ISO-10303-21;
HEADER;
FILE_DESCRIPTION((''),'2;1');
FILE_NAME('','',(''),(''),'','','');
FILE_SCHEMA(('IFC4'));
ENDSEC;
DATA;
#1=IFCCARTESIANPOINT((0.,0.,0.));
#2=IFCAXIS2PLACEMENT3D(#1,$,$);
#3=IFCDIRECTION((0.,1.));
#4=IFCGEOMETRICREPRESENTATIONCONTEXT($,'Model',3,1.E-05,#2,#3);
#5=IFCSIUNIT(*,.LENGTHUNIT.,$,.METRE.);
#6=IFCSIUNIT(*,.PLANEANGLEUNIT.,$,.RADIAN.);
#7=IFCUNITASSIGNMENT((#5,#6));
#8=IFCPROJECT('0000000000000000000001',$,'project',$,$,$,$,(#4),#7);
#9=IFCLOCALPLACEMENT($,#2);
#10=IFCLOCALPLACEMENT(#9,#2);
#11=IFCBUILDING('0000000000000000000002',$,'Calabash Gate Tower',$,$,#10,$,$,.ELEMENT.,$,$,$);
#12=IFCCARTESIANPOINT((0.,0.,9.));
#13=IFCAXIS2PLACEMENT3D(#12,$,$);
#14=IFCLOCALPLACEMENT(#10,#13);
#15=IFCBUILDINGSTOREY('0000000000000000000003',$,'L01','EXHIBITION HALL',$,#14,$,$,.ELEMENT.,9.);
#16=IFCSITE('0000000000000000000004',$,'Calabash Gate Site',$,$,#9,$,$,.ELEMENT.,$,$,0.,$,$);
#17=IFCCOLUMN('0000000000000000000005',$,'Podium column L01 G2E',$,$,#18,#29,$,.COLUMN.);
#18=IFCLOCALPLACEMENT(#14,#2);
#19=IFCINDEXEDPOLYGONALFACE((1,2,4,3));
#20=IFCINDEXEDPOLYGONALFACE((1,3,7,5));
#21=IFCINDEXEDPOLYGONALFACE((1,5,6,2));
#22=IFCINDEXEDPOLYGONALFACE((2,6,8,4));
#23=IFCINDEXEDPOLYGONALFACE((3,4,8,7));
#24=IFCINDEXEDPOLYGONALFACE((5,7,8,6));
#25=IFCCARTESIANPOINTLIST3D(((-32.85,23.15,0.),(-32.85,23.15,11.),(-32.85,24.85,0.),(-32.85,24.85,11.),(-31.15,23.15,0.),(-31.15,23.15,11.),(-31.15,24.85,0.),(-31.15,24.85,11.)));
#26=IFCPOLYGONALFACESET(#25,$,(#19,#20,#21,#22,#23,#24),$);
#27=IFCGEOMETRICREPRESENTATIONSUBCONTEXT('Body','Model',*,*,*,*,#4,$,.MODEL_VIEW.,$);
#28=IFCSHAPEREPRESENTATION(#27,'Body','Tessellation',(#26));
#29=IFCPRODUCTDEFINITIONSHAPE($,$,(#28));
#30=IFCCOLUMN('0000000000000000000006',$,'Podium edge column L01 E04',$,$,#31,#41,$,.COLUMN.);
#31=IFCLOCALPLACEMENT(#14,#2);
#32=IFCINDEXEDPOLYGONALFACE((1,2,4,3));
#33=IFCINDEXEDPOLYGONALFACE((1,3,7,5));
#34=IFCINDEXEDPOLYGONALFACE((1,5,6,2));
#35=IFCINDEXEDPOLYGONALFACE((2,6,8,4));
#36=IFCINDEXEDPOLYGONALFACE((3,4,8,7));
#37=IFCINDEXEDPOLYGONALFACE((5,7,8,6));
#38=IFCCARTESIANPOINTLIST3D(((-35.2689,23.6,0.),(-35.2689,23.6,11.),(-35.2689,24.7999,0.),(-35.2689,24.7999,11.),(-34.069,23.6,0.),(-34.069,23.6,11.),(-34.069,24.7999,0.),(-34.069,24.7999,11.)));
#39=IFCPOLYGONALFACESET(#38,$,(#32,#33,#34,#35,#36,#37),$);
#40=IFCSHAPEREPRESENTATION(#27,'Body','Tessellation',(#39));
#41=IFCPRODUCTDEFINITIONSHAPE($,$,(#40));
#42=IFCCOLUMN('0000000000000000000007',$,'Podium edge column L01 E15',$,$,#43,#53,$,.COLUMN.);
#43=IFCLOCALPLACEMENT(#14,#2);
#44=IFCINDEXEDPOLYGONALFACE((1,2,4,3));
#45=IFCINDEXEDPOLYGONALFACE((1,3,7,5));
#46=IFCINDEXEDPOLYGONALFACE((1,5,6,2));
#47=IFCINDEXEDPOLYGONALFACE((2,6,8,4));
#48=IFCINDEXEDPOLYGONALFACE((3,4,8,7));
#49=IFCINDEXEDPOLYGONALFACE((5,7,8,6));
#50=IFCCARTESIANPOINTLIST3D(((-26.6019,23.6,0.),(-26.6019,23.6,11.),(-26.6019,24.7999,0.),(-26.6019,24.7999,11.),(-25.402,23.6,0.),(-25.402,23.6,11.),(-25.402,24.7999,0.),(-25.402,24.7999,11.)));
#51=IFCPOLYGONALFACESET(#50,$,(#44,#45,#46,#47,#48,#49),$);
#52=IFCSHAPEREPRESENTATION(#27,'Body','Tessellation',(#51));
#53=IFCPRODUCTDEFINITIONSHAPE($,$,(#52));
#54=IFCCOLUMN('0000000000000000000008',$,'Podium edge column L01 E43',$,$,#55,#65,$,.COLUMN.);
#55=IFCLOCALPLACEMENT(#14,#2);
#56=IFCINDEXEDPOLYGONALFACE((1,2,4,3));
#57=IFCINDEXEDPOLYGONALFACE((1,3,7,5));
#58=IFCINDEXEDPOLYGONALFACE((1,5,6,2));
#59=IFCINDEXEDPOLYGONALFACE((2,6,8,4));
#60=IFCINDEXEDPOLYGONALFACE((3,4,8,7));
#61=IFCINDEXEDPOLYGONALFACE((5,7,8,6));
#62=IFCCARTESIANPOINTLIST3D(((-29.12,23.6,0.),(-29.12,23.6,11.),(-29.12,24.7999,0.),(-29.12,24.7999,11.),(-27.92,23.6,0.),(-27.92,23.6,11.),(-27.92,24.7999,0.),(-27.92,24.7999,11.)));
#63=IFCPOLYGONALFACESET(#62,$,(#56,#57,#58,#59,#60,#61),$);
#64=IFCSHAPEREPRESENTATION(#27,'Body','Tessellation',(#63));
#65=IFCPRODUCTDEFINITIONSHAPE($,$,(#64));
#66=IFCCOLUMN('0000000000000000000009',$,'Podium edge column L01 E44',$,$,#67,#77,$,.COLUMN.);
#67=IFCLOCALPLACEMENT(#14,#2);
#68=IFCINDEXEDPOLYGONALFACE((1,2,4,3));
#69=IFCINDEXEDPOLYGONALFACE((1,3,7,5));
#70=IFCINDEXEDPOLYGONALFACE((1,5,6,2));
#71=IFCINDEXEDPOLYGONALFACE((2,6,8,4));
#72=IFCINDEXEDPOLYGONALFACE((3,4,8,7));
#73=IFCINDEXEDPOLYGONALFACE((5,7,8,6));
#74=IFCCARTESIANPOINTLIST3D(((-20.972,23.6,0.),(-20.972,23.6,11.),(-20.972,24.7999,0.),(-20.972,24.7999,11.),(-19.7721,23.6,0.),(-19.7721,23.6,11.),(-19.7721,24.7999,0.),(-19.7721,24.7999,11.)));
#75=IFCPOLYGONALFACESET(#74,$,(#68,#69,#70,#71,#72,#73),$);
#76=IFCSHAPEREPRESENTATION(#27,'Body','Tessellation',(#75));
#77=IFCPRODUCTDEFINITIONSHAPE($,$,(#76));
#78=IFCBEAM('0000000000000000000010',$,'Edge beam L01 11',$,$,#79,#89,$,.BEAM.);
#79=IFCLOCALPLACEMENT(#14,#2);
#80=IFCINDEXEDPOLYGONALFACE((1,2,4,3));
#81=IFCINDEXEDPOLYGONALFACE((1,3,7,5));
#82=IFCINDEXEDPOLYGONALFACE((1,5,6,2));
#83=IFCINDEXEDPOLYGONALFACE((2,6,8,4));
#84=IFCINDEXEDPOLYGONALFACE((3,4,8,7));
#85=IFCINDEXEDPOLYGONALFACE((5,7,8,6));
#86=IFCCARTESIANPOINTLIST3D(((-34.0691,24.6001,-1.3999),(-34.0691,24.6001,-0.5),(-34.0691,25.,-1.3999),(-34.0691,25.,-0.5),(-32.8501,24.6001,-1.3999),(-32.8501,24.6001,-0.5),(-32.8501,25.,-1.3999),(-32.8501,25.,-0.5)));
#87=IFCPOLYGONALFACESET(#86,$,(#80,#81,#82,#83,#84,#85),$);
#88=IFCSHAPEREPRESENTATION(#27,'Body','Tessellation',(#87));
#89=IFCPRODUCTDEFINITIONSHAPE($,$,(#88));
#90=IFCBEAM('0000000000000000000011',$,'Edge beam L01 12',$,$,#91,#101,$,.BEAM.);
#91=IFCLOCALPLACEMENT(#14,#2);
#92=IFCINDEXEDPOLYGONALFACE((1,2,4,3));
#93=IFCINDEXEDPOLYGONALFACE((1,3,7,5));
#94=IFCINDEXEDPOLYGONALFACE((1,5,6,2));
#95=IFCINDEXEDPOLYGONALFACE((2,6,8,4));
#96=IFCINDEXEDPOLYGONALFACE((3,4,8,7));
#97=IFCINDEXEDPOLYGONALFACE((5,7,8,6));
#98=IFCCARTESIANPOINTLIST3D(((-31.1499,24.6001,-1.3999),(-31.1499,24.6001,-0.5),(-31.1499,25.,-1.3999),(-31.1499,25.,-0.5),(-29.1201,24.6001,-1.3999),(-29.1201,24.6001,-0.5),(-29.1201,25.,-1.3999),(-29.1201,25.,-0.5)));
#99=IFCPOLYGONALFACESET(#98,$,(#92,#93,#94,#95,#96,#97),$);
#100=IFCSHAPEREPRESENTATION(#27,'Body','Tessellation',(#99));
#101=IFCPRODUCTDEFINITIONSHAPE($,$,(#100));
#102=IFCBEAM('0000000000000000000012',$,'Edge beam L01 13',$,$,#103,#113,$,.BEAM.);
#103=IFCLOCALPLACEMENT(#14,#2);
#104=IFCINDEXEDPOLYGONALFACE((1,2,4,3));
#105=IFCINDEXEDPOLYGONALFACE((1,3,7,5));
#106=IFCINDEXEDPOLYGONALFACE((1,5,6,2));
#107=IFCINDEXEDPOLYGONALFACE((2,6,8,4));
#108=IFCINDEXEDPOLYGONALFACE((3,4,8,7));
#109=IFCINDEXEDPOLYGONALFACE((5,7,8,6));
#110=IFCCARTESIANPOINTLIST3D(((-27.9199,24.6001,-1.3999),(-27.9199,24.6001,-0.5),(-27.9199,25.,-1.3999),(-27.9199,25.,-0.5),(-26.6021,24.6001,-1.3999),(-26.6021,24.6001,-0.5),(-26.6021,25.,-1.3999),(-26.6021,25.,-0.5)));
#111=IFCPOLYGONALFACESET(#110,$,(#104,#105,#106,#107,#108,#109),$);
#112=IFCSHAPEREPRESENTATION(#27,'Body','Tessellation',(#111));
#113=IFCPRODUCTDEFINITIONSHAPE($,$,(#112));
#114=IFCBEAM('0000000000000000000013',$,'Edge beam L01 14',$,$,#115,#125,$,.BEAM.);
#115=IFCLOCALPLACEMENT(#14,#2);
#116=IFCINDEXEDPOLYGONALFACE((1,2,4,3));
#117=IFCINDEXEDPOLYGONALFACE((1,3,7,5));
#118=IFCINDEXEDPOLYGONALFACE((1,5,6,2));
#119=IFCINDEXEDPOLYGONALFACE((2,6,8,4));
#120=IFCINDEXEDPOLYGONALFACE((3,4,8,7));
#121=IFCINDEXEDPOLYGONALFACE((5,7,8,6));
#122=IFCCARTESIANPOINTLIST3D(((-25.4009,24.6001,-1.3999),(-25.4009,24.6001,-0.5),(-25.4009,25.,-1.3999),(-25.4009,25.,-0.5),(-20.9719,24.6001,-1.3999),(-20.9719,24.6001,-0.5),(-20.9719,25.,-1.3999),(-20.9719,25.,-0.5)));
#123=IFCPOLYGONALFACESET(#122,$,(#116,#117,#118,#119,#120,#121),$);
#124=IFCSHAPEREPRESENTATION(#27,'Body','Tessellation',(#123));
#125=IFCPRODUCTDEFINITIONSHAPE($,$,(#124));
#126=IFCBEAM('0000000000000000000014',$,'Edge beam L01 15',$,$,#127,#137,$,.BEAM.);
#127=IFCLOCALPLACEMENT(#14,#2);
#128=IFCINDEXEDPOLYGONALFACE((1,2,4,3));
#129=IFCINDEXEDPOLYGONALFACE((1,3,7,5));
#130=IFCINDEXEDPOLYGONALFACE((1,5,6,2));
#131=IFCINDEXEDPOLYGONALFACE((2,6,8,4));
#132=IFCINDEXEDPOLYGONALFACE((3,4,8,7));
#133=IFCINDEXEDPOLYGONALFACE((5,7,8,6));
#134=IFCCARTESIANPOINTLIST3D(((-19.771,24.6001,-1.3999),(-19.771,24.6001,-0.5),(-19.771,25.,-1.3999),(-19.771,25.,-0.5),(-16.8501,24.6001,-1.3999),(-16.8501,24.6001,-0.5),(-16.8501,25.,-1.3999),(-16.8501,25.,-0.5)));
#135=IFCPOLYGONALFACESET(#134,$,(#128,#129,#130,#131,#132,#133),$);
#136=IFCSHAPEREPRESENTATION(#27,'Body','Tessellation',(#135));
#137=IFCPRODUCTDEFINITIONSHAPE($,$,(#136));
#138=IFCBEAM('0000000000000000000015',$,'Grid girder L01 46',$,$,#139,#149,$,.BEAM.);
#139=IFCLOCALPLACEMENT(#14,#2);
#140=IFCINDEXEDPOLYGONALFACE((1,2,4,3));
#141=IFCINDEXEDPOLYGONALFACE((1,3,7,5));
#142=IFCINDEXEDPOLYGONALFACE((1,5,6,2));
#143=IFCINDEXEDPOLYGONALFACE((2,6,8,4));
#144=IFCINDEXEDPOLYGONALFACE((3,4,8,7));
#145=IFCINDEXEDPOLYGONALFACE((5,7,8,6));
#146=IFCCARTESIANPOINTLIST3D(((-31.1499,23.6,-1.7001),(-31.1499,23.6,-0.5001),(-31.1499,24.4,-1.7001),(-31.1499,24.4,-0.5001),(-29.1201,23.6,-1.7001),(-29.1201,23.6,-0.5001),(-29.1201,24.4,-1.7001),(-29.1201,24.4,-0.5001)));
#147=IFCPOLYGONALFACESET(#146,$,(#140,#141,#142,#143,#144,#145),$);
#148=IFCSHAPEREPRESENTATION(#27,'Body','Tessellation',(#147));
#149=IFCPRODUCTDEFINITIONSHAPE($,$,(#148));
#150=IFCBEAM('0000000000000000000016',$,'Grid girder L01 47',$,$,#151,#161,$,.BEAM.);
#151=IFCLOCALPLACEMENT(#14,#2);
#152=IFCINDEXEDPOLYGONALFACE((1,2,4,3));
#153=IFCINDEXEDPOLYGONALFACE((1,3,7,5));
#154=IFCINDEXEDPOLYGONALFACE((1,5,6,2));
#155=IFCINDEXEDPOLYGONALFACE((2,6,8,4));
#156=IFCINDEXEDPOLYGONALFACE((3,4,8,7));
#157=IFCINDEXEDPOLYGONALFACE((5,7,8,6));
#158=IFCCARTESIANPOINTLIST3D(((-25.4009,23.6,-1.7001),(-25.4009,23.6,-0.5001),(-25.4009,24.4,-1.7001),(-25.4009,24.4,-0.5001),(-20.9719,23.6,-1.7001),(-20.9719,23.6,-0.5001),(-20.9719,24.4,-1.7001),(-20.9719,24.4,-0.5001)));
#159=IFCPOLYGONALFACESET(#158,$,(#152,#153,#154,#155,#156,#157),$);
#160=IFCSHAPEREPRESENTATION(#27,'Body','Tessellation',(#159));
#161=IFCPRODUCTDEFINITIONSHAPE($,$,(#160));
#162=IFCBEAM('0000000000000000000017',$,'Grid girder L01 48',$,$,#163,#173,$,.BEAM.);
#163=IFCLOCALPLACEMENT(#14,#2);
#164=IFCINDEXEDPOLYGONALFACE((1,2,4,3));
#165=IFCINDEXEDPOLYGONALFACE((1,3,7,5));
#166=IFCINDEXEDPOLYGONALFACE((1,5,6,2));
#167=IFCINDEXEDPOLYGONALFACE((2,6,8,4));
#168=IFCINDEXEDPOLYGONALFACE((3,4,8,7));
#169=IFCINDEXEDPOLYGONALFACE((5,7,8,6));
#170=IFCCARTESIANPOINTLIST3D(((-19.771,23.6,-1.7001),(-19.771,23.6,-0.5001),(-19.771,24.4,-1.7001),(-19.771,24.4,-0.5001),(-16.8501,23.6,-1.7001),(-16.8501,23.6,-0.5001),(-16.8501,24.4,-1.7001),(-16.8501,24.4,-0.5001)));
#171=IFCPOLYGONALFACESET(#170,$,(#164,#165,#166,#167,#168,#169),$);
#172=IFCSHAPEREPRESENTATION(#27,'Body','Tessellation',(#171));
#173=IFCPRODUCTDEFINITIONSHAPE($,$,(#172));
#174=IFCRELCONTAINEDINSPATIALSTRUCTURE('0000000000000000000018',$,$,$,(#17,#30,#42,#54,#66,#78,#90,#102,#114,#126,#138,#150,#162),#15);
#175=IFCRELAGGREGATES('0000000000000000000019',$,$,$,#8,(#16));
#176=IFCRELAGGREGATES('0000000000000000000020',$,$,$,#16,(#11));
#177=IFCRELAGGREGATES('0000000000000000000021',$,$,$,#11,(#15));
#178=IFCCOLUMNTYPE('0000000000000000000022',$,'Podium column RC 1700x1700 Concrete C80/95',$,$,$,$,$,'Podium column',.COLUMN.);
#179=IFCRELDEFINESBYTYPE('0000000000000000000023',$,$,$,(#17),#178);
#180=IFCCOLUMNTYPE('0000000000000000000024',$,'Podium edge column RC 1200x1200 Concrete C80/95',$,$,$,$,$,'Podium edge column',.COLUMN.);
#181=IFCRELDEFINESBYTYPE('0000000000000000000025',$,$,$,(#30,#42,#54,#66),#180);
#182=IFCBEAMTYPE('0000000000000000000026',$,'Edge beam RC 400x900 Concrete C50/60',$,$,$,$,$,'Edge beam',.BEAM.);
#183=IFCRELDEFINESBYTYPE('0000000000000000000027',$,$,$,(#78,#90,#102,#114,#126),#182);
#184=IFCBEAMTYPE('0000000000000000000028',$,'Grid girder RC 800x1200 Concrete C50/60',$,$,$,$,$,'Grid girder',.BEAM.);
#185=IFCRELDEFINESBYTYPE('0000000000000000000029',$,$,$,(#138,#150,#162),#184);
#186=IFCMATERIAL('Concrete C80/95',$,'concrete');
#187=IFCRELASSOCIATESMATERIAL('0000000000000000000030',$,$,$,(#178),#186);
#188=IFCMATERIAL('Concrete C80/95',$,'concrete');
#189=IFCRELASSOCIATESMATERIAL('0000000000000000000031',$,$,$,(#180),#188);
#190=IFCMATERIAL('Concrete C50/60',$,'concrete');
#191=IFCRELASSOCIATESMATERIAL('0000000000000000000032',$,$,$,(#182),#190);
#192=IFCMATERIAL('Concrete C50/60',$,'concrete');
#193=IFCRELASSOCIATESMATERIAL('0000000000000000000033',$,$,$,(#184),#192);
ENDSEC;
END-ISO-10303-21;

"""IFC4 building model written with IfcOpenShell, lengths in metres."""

from ifc_helpers import new_model, si_unit, direction, frame, origin, origin_2d, place, context, subcontext, project, spatial, rectangle, extrude, material, material_profile, profile_set, type_object, element, save


model = new_model("IFC4")

# Units and contexts
model_context = context("Model", 3, precision=1e-05, world=origin(), true_north=direction((0.0, 1.0)))
body_context = subcontext(model_context, "Body", "Model", "MODEL_VIEW")
ifc_project = project(units=[si_unit("LENGTHUNIT", "METRE"), si_unit("PLANEANGLEUNIT", "RADIAN")], contexts=[model_context])

# Site, building, storey
site_placement = place(None, origin())
site = spatial("IfcSite", under=ifc_project, at=site_placement, Name="Calabash Gate Site", CompositionType="ELEMENT", RefElevation=0.0)
building_placement = place(site_placement, origin())
building = spatial("IfcBuilding", under=site, at=building_placement, Name="Calabash Gate Tower", CompositionType="ELEMENT")
storey_placement = place(building_placement, frame((0.0, 0.0, 9.0)))
storey = spatial("IfcBuildingStorey", under=building, at=storey_placement, Name="L01", Description="EXHIBITION HALL", CompositionType="ELEMENT", Elevation=9.0)

# Columns
ifc_material_1 = material(Name="Concrete C80/95", Category="concrete")
ifc_material_profile_1 = material_profile(ifc_material_1, rectangle(XDim=1.7, YDim=1.7, at=origin_2d()))
ifc_profile_set_1 = profile_set([ifc_material_profile_1], Name="Concrete C80/95")
column_type_1 = type_object("IfcColumnType", Name="Podium column RC 1700x1700 Concrete C80/95", ElementType="Podium column", PredefinedType="COLUMN", material=ifc_profile_set_1)
column_placement = place(storey_placement, frame((-32.0, 24.0, 0.0), z_axis=(0.0, 0.0, 1.0), x_axis=(1.0, 0.0, 0.0)))
element("IfcColumn", 1, at=column_placement, inside=storey, type_object=column_type_1, Name="Podium column L01 G2E", PredefinedType="COLUMN", context=body_context, shape_type="SweptSolid", body=[
    extrude(rectangle(XDim=1.7, YDim=1.7, at=origin_2d()), origin(), (0.0, 0.0, 1.0), 11.0),
])
ifc_material_2 = material(Name="Concrete C80/95", Category="concrete")
ifc_material_profile_2 = material_profile(ifc_material_2, rectangle(XDim=1.2, YDim=1.2, at=origin_2d()))
ifc_profile_set_2 = profile_set([ifc_material_profile_2], Name="Concrete C80/95")
column_type_2 = type_object("IfcColumnType", Name="Podium edge column RC 1200x1200 Concrete C80/95", ElementType="Podium edge column", PredefinedType="COLUMN", material=ifc_profile_set_2)
for number, where, z_axis, x_axis, name in (
    (2, (-34.6689, 24.2, 0.0), (0.0, 0.0, 1.0), (1.0, 0.0, 0.0), "Podium edge column L01 E04"),
    (3, (-26.002, 24.2, 0.0), (0.0, 0.0, 1.0), (1.0, 0.0, 0.0), "Podium edge column L01 E15"),
    (4, (-28.52, 24.2, 0.0), (0.0, 0.0, 1.0), (1.0, 0.0, 0.0), "Podium edge column L01 E43"),
    (5, (-20.3721, 24.2, 0.0), (0.0, 0.0, 1.0), (1.0, 0.0, 0.0), "Podium edge column L01 E44"),
):
    element("IfcColumn", number, at=place(storey_placement, frame(where, z_axis=z_axis, x_axis=x_axis)), inside=storey, type_object=column_type_2, Name=name, PredefinedType="COLUMN", context=body_context, shape_type="SweptSolid", body=[
        extrude(rectangle(XDim=1.2, YDim=1.2, at=origin_2d()), origin(), (0.0, 0.0, 1.0), 11.0),
    ])

# Beams
ifc_material_3 = material(Name="Concrete C50/60", Category="concrete")
ifc_material_profile_3 = material_profile(ifc_material_3, rectangle(XDim=0.3999, YDim=0.8999, at=origin_2d()))
ifc_profile_set_3 = profile_set([ifc_material_profile_3], Name="Concrete C50/60")
beam_type_1 = type_object("IfcBeamType", Name="Edge beam RC 400x900 Concrete C50/60", ElementType="Edge beam", PredefinedType="BEAM", material=ifc_profile_set_3)
beam_1_placement = place(storey_placement, frame((-34.0691, 24.8, -0.95), z_axis=(1.0, 0.0, 0.0), x_axis=(0.0, 1.0, 0.0)))
element("IfcBeam", 6, at=beam_1_placement, inside=storey, type_object=beam_type_1, Name="Edge beam L01 11", PredefinedType="BEAM", context=body_context, shape_type="SweptSolid", body=[
    extrude(rectangle(XDim=0.3999, YDim=0.8999, at=origin_2d()), origin(), (0.0, 0.0, 1.0), 1.219),
])
beam_2_placement = place(storey_placement, frame((-31.1499, 24.8, -0.95), z_axis=(1.0, 0.0, 0.0), x_axis=(0.0, 1.0, 0.0)))
element("IfcBeam", 7, at=beam_2_placement, inside=storey, type_object=beam_type_1, Name="Edge beam L01 12", PredefinedType="BEAM", context=body_context, shape_type="SweptSolid", body=[
    extrude(rectangle(XDim=0.3999, YDim=0.8999, at=origin_2d()), origin(), (0.0, 0.0, 1.0), 2.0298),
])
beam_3_placement = place(storey_placement, frame((-27.9199, 24.8, -0.95), z_axis=(1.0, 0.0, 0.0), x_axis=(0.0, 1.0, 0.0)))
element("IfcBeam", 8, at=beam_3_placement, inside=storey, type_object=beam_type_1, Name="Edge beam L01 13", PredefinedType="BEAM", context=body_context, shape_type="SweptSolid", body=[
    extrude(rectangle(XDim=0.3999, YDim=0.8999, at=origin_2d()), origin(), (0.0, 0.0, 1.0), 1.3179),
])
beam_4_placement = place(storey_placement, frame((-25.4009, 24.8, -0.95), z_axis=(1.0, 0.0, 0.0), x_axis=(0.0, 1.0, 0.0)))
element("IfcBeam", 9, at=beam_4_placement, inside=storey, type_object=beam_type_1, Name="Edge beam L01 14", PredefinedType="BEAM", context=body_context, shape_type="SweptSolid", body=[
    extrude(rectangle(XDim=0.3999, YDim=0.8999, at=origin_2d()), origin(), (0.0, 0.0, 1.0), 4.429),
])
beam_5_placement = place(storey_placement, frame((-19.771, 24.8, -0.95), z_axis=(1.0, 0.0, 0.0), x_axis=(0.0, 1.0, 0.0)))
element("IfcBeam", 10, at=beam_5_placement, inside=storey, type_object=beam_type_1, Name="Edge beam L01 15", PredefinedType="BEAM", context=body_context, shape_type="SweptSolid", body=[
    extrude(rectangle(XDim=0.3999, YDim=0.8999, at=origin_2d()), origin(), (0.0, 0.0, 1.0), 2.9209),
])
ifc_material_4 = material(Name="Concrete C50/60", Category="concrete")
ifc_material_profile_4 = material_profile(ifc_material_4, rectangle(XDim=0.8, YDim=1.2, at=origin_2d()))
ifc_profile_set_4 = profile_set([ifc_material_profile_4], Name="Concrete C50/60")
beam_type_2 = type_object("IfcBeamType", Name="Grid girder RC 800x1200 Concrete C50/60", ElementType="Grid girder", PredefinedType="BEAM", material=ifc_profile_set_4)
beam_6_placement = place(storey_placement, frame((-31.1499, 24.0, -1.1001), z_axis=(1.0, 0.0, 0.0), x_axis=(0.0, 1.0, 0.0)))
element("IfcBeam", 11, at=beam_6_placement, inside=storey, type_object=beam_type_2, Name="Grid girder L01 46", PredefinedType="BEAM", context=body_context, shape_type="SweptSolid", body=[
    extrude(rectangle(XDim=0.8, YDim=1.2, at=origin_2d()), origin(), (0.0, 0.0, 1.0), 2.0298),
])
beam_7_placement = place(storey_placement, frame((-25.4009, 24.0, -1.1001), z_axis=(1.0, 0.0, 0.0), x_axis=(0.0, 1.0, 0.0)))
element("IfcBeam", 12, at=beam_7_placement, inside=storey, type_object=beam_type_2, Name="Grid girder L01 47", PredefinedType="BEAM", context=body_context, shape_type="SweptSolid", body=[
    extrude(rectangle(XDim=0.8, YDim=1.2, at=origin_2d()), origin(), (0.0, 0.0, 1.0), 4.429),
])
beam_8_placement = place(storey_placement, frame((-19.771, 24.0, -1.1001), z_axis=(1.0, 0.0, 0.0), x_axis=(0.0, 1.0, 0.0)))
element("IfcBeam", 13, at=beam_8_placement, inside=storey, type_object=beam_type_2, Name="Grid girder L01 48", PredefinedType="BEAM", context=body_context, shape_type="SweptSolid", body=[
    extrude(rectangle(XDim=0.8, YDim=1.2, at=origin_2d()), origin(), (0.0, 0.0, 1.0), 2.9209),
])

save(model, "model.ifc")
